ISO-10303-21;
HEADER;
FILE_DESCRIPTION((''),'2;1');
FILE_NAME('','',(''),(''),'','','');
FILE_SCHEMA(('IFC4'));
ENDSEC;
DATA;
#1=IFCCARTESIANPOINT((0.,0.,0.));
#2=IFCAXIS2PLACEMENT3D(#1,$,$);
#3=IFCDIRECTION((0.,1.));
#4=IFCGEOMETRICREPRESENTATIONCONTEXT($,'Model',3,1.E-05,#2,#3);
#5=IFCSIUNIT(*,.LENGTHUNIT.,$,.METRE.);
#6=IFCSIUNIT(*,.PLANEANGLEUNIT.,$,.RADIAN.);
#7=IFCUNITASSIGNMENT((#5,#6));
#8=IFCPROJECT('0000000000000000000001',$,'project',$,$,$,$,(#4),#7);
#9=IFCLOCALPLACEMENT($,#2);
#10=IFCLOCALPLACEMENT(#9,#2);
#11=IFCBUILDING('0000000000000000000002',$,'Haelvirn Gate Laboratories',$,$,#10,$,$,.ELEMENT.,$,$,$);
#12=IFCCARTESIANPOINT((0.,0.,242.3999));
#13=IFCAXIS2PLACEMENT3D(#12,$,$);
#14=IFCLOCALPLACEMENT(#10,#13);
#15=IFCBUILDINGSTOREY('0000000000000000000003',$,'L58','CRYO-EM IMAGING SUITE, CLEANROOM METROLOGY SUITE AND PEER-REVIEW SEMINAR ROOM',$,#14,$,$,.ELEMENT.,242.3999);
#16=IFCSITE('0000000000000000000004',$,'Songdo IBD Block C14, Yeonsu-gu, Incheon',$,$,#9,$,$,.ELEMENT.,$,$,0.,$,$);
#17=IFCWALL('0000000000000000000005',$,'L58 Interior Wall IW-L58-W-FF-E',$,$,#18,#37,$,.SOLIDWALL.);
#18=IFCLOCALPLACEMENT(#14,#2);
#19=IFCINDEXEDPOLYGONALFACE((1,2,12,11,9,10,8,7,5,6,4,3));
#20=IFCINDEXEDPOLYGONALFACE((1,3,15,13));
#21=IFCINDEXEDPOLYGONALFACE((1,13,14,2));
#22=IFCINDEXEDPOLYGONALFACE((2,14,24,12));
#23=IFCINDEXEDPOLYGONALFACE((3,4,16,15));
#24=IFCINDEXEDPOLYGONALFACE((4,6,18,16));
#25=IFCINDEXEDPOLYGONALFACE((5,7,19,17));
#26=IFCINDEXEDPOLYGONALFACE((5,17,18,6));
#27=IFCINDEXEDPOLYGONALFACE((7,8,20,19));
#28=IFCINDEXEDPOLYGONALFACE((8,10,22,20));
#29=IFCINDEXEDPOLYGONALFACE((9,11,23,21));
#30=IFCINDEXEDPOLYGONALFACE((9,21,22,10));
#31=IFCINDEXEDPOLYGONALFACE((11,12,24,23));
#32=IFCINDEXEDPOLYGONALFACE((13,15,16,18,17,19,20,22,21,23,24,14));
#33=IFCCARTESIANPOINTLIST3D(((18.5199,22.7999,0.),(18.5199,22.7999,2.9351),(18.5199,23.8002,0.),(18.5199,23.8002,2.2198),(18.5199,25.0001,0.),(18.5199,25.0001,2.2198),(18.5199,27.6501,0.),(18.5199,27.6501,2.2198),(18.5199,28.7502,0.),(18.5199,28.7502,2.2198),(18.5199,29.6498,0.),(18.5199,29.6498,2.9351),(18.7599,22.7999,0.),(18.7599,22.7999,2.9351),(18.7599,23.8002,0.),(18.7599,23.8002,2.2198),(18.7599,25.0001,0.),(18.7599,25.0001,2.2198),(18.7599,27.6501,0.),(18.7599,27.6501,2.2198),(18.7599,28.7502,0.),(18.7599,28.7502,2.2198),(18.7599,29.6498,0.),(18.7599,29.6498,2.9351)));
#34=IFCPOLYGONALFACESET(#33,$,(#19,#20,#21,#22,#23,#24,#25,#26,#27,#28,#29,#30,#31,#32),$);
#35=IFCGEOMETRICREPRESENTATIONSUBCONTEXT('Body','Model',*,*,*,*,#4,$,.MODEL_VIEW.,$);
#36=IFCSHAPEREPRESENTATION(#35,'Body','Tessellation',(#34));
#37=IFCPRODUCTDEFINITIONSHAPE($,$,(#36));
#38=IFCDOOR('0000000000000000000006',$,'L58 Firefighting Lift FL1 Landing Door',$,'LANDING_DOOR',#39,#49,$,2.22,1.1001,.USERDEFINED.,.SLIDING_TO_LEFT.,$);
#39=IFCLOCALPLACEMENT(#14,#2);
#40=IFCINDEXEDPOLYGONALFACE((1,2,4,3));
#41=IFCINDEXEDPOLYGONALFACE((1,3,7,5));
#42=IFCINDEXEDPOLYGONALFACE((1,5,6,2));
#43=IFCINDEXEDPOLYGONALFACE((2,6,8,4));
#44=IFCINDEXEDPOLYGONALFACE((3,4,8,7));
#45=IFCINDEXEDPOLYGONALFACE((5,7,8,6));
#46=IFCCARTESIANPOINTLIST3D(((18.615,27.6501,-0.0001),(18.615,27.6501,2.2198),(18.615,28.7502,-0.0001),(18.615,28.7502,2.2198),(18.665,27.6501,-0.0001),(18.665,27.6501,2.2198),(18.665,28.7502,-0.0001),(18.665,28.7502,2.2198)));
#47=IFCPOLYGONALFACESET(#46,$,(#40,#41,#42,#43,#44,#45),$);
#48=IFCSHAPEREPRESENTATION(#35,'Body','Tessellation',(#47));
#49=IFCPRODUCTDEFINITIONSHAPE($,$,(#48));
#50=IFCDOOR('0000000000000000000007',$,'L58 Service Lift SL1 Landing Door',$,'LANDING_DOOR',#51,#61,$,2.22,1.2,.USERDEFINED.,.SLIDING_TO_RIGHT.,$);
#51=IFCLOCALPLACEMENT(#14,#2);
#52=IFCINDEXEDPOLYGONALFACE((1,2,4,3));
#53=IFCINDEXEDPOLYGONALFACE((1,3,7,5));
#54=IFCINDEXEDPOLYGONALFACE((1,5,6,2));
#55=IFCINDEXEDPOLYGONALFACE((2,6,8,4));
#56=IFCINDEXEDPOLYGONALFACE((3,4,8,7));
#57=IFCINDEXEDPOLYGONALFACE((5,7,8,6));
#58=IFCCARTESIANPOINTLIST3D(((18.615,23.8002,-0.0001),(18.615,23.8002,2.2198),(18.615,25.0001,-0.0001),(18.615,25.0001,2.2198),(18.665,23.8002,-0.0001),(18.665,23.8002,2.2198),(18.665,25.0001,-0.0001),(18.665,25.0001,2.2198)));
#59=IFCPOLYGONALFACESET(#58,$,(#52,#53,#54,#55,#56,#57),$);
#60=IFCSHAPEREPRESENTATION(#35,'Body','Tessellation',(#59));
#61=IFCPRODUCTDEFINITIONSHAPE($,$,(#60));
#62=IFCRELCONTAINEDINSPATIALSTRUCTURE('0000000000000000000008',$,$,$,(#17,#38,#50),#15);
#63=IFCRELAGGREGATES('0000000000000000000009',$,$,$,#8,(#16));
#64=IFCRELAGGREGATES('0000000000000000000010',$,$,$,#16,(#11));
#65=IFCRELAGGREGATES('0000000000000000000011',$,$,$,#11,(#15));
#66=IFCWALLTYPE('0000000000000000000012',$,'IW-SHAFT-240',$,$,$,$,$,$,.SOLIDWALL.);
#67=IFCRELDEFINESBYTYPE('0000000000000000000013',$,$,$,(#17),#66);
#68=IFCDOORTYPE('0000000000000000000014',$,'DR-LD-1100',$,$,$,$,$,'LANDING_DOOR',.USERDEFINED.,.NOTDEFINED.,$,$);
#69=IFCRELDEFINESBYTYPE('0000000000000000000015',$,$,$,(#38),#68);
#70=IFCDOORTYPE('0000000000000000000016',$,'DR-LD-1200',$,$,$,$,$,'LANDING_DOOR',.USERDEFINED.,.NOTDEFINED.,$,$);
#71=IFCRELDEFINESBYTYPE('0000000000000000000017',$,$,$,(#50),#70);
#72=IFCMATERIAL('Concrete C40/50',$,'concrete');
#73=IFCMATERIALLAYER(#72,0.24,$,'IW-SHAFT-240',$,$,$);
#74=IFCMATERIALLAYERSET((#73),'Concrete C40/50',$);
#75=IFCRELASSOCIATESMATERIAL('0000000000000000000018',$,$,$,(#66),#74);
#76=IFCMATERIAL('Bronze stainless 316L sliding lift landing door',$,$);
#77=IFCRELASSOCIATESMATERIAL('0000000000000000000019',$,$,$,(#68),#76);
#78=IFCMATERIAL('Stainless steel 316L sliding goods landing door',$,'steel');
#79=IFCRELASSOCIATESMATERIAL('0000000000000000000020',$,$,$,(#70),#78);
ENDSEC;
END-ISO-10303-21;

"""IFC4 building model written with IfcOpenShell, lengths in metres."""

from ifc_helpers import new_model, si_unit, direction, frame, frame_2d, origin, place, context, subcontext, project, spatial, rectangle, extrude, source, transform, mapped, material, layer, layer_set, type_object, type_shapes, element, fill, save


model = new_model("IFC4")

# Units and contexts
model_context = context("Model", 3, precision=1e-05, world=origin(), true_north=direction((0.0, 1.0)))
body_context = subcontext(model_context, "Body", "Model", "MODEL_VIEW")
ifc_project = project(units=[si_unit("LENGTHUNIT", "METRE"), si_unit("PLANEANGLEUNIT", "RADIAN")], contexts=[model_context])

# Site, building, storey
site_placement = place(None, origin())
site = spatial("IfcSite", under=ifc_project, at=site_placement, Name="Songdo IBD Block C14, Yeonsu-gu, Incheon", CompositionType="ELEMENT", RefElevation=0.0)
building_placement = place(site_placement, origin())
building = spatial("IfcBuilding", under=site, at=building_placement, Name="Haelvirn Gate Laboratories", CompositionType="ELEMENT")
storey_placement = place(building_placement, frame((0.0, 0.0, 242.3999)))
storey = spatial("IfcBuildingStorey", under=building, at=storey_placement, Name="L58", Description="CRYO-EM IMAGING SUITE, CLEANROOM METROLOGY SUITE AND PEER-REVIEW SEMINAR ROOM", CompositionType="ELEMENT", Elevation=242.3999)

# Shared definitions
ifc_material_1 = material(Name="Concrete C40/50", Category="concrete")

# Wall, openings, doors
ifc_layer_1 = layer(ifc_material_1, 0.24, Name="IW-SHAFT-240")
ifc_layer_set_1 = layer_set([ifc_layer_1], Name="Concrete C40/50")
wall_type_1 = type_object("IfcWallType", Name="IW-SHAFT-240", PredefinedType="SOLIDWALL", material=ifc_layer_set_1)
wall_1_placement = place(storey_placement, frame((18.6399, 22.8, 0.0), z_axis=(0.0, 0.0, 1.0), x_axis=(0.0, 1.0, 0.0)))
wall_1 = element("IfcWall", 1, at=wall_1_placement, inside=storey, type_object=wall_type_1, Name="L58 Interior Wall IW-L58-W-FF-E", PredefinedType="SOLIDWALL", context=body_context, shape_type="SweptSolid", body=[
    extrude(rectangle(XDim=6.8499, YDim=0.24, at=frame_2d((3.4248, 0.0))), origin(), (0.0, 0.0, 1.0), 2.9351),
])
opening_1_placement = place(wall_1_placement, frame((4.8501, 0.0, 0.0)))
opening_1 = element("IfcOpeningElement", 2, at=opening_1_placement, cuts=wall_1, PredefinedType="OPENING", context=body_context, shape_type="SweptSolid", body=[
    extrude(rectangle(XDim=1.1001, YDim=2.22, at=frame_2d((0.55, 1.1099))), frame((0.0, 0.1299, 0.0), z_axis=(0.0, -1.0, 0.0), x_axis=(1.0, 0.0, 0.0)), (0.0, 0.0, 1.0), 0.26),
])
opening_2_placement = place(wall_1_placement, frame((1.0, 0.0, 0.0)))
opening_2 = element("IfcOpeningElement", 3, at=opening_2_placement, cuts=wall_1, PredefinedType="OPENING", context=body_context, shape_type="SweptSolid", body=[
    extrude(rectangle(XDim=1.2, YDim=2.22, at=frame_2d((0.6001, 1.1099))), frame((0.0, 0.1299, 0.0), z_axis=(0.0, -1.0, 0.0), x_axis=(1.0, 0.0, 0.0)), (0.0, 0.0, 1.0), 0.26),
])
ifc_material_2 = material(Name="Bronze stainless 316L sliding lift landing door")
door_type_1 = type_object("IfcDoorType", Name="DR-LD-1100", ElementType="LANDING_DOOR", OperationType="NOTDEFINED", PredefinedType="USERDEFINED", material=ifc_material_2)
shared_shape_1 = source(origin(), body_context, "Body", "SweptSolid", [
    extrude(rectangle(XDim=1.1001, YDim=2.22, at=frame_2d((0.55, 1.1099))), frame((0.0, 0.0249, 0.0), z_axis=(0.0, -1.0, 0.0), x_axis=(1.0, 0.0, 0.0)), (0.0, 0.0, 1.0), 0.05),
])
type_shapes(door_type_1, [shared_shape_1])
door_1_placement = place(opening_1_placement, origin())
door_1 = element("IfcDoor", 4, at=door_1_placement, inside=storey, type_object=door_type_1, Name="L58 Firefighting Lift FL1 Landing Door", ObjectType="LANDING_DOOR", OperationType="SLIDING_TO_LEFT", OverallHeight=2.22, OverallWidth=1.1001, PredefinedType="USERDEFINED", context=body_context, shape_type="MappedRepresentation", body=[
    mapped(shared_shape_1, transform((0.0, 0.0, 0.0), scale=1.0)),
])
fill(opening_1, door_1)
ifc_material_3 = material(Name="Stainless steel 316L sliding goods landing door", Category="steel")
door_type_2 = type_object("IfcDoorType", Name="DR-LD-1200", ElementType="LANDING_DOOR", OperationType="NOTDEFINED", PredefinedType="USERDEFINED", material=ifc_material_3)
shared_shape_2 = source(origin(), body_context, "Body", "SweptSolid", [
    extrude(rectangle(XDim=1.2, YDim=2.22, at=frame_2d((0.6001, 1.1099))), frame((0.0, 0.0249, 0.0), z_axis=(0.0, -1.0, 0.0), x_axis=(1.0, 0.0, 0.0)), (0.0, 0.0, 1.0), 0.05),
])
type_shapes(door_type_2, [shared_shape_2])
door_2_placement = place(opening_2_placement, origin())
door_2 = element("IfcDoor", 5, at=door_2_placement, inside=storey, type_object=door_type_2, Name="L58 Service Lift SL1 Landing Door", ObjectType="LANDING_DOOR", OperationType="SLIDING_TO_RIGHT", OverallHeight=2.22, OverallWidth=1.2, PredefinedType="USERDEFINED", context=body_context, shape_type="MappedRepresentation", body=[
    mapped(shared_shape_2, transform((0.0, 0.0, 0.0), scale=1.0)),
])
fill(opening_2, door_2)

save(model, "model.ifc")
